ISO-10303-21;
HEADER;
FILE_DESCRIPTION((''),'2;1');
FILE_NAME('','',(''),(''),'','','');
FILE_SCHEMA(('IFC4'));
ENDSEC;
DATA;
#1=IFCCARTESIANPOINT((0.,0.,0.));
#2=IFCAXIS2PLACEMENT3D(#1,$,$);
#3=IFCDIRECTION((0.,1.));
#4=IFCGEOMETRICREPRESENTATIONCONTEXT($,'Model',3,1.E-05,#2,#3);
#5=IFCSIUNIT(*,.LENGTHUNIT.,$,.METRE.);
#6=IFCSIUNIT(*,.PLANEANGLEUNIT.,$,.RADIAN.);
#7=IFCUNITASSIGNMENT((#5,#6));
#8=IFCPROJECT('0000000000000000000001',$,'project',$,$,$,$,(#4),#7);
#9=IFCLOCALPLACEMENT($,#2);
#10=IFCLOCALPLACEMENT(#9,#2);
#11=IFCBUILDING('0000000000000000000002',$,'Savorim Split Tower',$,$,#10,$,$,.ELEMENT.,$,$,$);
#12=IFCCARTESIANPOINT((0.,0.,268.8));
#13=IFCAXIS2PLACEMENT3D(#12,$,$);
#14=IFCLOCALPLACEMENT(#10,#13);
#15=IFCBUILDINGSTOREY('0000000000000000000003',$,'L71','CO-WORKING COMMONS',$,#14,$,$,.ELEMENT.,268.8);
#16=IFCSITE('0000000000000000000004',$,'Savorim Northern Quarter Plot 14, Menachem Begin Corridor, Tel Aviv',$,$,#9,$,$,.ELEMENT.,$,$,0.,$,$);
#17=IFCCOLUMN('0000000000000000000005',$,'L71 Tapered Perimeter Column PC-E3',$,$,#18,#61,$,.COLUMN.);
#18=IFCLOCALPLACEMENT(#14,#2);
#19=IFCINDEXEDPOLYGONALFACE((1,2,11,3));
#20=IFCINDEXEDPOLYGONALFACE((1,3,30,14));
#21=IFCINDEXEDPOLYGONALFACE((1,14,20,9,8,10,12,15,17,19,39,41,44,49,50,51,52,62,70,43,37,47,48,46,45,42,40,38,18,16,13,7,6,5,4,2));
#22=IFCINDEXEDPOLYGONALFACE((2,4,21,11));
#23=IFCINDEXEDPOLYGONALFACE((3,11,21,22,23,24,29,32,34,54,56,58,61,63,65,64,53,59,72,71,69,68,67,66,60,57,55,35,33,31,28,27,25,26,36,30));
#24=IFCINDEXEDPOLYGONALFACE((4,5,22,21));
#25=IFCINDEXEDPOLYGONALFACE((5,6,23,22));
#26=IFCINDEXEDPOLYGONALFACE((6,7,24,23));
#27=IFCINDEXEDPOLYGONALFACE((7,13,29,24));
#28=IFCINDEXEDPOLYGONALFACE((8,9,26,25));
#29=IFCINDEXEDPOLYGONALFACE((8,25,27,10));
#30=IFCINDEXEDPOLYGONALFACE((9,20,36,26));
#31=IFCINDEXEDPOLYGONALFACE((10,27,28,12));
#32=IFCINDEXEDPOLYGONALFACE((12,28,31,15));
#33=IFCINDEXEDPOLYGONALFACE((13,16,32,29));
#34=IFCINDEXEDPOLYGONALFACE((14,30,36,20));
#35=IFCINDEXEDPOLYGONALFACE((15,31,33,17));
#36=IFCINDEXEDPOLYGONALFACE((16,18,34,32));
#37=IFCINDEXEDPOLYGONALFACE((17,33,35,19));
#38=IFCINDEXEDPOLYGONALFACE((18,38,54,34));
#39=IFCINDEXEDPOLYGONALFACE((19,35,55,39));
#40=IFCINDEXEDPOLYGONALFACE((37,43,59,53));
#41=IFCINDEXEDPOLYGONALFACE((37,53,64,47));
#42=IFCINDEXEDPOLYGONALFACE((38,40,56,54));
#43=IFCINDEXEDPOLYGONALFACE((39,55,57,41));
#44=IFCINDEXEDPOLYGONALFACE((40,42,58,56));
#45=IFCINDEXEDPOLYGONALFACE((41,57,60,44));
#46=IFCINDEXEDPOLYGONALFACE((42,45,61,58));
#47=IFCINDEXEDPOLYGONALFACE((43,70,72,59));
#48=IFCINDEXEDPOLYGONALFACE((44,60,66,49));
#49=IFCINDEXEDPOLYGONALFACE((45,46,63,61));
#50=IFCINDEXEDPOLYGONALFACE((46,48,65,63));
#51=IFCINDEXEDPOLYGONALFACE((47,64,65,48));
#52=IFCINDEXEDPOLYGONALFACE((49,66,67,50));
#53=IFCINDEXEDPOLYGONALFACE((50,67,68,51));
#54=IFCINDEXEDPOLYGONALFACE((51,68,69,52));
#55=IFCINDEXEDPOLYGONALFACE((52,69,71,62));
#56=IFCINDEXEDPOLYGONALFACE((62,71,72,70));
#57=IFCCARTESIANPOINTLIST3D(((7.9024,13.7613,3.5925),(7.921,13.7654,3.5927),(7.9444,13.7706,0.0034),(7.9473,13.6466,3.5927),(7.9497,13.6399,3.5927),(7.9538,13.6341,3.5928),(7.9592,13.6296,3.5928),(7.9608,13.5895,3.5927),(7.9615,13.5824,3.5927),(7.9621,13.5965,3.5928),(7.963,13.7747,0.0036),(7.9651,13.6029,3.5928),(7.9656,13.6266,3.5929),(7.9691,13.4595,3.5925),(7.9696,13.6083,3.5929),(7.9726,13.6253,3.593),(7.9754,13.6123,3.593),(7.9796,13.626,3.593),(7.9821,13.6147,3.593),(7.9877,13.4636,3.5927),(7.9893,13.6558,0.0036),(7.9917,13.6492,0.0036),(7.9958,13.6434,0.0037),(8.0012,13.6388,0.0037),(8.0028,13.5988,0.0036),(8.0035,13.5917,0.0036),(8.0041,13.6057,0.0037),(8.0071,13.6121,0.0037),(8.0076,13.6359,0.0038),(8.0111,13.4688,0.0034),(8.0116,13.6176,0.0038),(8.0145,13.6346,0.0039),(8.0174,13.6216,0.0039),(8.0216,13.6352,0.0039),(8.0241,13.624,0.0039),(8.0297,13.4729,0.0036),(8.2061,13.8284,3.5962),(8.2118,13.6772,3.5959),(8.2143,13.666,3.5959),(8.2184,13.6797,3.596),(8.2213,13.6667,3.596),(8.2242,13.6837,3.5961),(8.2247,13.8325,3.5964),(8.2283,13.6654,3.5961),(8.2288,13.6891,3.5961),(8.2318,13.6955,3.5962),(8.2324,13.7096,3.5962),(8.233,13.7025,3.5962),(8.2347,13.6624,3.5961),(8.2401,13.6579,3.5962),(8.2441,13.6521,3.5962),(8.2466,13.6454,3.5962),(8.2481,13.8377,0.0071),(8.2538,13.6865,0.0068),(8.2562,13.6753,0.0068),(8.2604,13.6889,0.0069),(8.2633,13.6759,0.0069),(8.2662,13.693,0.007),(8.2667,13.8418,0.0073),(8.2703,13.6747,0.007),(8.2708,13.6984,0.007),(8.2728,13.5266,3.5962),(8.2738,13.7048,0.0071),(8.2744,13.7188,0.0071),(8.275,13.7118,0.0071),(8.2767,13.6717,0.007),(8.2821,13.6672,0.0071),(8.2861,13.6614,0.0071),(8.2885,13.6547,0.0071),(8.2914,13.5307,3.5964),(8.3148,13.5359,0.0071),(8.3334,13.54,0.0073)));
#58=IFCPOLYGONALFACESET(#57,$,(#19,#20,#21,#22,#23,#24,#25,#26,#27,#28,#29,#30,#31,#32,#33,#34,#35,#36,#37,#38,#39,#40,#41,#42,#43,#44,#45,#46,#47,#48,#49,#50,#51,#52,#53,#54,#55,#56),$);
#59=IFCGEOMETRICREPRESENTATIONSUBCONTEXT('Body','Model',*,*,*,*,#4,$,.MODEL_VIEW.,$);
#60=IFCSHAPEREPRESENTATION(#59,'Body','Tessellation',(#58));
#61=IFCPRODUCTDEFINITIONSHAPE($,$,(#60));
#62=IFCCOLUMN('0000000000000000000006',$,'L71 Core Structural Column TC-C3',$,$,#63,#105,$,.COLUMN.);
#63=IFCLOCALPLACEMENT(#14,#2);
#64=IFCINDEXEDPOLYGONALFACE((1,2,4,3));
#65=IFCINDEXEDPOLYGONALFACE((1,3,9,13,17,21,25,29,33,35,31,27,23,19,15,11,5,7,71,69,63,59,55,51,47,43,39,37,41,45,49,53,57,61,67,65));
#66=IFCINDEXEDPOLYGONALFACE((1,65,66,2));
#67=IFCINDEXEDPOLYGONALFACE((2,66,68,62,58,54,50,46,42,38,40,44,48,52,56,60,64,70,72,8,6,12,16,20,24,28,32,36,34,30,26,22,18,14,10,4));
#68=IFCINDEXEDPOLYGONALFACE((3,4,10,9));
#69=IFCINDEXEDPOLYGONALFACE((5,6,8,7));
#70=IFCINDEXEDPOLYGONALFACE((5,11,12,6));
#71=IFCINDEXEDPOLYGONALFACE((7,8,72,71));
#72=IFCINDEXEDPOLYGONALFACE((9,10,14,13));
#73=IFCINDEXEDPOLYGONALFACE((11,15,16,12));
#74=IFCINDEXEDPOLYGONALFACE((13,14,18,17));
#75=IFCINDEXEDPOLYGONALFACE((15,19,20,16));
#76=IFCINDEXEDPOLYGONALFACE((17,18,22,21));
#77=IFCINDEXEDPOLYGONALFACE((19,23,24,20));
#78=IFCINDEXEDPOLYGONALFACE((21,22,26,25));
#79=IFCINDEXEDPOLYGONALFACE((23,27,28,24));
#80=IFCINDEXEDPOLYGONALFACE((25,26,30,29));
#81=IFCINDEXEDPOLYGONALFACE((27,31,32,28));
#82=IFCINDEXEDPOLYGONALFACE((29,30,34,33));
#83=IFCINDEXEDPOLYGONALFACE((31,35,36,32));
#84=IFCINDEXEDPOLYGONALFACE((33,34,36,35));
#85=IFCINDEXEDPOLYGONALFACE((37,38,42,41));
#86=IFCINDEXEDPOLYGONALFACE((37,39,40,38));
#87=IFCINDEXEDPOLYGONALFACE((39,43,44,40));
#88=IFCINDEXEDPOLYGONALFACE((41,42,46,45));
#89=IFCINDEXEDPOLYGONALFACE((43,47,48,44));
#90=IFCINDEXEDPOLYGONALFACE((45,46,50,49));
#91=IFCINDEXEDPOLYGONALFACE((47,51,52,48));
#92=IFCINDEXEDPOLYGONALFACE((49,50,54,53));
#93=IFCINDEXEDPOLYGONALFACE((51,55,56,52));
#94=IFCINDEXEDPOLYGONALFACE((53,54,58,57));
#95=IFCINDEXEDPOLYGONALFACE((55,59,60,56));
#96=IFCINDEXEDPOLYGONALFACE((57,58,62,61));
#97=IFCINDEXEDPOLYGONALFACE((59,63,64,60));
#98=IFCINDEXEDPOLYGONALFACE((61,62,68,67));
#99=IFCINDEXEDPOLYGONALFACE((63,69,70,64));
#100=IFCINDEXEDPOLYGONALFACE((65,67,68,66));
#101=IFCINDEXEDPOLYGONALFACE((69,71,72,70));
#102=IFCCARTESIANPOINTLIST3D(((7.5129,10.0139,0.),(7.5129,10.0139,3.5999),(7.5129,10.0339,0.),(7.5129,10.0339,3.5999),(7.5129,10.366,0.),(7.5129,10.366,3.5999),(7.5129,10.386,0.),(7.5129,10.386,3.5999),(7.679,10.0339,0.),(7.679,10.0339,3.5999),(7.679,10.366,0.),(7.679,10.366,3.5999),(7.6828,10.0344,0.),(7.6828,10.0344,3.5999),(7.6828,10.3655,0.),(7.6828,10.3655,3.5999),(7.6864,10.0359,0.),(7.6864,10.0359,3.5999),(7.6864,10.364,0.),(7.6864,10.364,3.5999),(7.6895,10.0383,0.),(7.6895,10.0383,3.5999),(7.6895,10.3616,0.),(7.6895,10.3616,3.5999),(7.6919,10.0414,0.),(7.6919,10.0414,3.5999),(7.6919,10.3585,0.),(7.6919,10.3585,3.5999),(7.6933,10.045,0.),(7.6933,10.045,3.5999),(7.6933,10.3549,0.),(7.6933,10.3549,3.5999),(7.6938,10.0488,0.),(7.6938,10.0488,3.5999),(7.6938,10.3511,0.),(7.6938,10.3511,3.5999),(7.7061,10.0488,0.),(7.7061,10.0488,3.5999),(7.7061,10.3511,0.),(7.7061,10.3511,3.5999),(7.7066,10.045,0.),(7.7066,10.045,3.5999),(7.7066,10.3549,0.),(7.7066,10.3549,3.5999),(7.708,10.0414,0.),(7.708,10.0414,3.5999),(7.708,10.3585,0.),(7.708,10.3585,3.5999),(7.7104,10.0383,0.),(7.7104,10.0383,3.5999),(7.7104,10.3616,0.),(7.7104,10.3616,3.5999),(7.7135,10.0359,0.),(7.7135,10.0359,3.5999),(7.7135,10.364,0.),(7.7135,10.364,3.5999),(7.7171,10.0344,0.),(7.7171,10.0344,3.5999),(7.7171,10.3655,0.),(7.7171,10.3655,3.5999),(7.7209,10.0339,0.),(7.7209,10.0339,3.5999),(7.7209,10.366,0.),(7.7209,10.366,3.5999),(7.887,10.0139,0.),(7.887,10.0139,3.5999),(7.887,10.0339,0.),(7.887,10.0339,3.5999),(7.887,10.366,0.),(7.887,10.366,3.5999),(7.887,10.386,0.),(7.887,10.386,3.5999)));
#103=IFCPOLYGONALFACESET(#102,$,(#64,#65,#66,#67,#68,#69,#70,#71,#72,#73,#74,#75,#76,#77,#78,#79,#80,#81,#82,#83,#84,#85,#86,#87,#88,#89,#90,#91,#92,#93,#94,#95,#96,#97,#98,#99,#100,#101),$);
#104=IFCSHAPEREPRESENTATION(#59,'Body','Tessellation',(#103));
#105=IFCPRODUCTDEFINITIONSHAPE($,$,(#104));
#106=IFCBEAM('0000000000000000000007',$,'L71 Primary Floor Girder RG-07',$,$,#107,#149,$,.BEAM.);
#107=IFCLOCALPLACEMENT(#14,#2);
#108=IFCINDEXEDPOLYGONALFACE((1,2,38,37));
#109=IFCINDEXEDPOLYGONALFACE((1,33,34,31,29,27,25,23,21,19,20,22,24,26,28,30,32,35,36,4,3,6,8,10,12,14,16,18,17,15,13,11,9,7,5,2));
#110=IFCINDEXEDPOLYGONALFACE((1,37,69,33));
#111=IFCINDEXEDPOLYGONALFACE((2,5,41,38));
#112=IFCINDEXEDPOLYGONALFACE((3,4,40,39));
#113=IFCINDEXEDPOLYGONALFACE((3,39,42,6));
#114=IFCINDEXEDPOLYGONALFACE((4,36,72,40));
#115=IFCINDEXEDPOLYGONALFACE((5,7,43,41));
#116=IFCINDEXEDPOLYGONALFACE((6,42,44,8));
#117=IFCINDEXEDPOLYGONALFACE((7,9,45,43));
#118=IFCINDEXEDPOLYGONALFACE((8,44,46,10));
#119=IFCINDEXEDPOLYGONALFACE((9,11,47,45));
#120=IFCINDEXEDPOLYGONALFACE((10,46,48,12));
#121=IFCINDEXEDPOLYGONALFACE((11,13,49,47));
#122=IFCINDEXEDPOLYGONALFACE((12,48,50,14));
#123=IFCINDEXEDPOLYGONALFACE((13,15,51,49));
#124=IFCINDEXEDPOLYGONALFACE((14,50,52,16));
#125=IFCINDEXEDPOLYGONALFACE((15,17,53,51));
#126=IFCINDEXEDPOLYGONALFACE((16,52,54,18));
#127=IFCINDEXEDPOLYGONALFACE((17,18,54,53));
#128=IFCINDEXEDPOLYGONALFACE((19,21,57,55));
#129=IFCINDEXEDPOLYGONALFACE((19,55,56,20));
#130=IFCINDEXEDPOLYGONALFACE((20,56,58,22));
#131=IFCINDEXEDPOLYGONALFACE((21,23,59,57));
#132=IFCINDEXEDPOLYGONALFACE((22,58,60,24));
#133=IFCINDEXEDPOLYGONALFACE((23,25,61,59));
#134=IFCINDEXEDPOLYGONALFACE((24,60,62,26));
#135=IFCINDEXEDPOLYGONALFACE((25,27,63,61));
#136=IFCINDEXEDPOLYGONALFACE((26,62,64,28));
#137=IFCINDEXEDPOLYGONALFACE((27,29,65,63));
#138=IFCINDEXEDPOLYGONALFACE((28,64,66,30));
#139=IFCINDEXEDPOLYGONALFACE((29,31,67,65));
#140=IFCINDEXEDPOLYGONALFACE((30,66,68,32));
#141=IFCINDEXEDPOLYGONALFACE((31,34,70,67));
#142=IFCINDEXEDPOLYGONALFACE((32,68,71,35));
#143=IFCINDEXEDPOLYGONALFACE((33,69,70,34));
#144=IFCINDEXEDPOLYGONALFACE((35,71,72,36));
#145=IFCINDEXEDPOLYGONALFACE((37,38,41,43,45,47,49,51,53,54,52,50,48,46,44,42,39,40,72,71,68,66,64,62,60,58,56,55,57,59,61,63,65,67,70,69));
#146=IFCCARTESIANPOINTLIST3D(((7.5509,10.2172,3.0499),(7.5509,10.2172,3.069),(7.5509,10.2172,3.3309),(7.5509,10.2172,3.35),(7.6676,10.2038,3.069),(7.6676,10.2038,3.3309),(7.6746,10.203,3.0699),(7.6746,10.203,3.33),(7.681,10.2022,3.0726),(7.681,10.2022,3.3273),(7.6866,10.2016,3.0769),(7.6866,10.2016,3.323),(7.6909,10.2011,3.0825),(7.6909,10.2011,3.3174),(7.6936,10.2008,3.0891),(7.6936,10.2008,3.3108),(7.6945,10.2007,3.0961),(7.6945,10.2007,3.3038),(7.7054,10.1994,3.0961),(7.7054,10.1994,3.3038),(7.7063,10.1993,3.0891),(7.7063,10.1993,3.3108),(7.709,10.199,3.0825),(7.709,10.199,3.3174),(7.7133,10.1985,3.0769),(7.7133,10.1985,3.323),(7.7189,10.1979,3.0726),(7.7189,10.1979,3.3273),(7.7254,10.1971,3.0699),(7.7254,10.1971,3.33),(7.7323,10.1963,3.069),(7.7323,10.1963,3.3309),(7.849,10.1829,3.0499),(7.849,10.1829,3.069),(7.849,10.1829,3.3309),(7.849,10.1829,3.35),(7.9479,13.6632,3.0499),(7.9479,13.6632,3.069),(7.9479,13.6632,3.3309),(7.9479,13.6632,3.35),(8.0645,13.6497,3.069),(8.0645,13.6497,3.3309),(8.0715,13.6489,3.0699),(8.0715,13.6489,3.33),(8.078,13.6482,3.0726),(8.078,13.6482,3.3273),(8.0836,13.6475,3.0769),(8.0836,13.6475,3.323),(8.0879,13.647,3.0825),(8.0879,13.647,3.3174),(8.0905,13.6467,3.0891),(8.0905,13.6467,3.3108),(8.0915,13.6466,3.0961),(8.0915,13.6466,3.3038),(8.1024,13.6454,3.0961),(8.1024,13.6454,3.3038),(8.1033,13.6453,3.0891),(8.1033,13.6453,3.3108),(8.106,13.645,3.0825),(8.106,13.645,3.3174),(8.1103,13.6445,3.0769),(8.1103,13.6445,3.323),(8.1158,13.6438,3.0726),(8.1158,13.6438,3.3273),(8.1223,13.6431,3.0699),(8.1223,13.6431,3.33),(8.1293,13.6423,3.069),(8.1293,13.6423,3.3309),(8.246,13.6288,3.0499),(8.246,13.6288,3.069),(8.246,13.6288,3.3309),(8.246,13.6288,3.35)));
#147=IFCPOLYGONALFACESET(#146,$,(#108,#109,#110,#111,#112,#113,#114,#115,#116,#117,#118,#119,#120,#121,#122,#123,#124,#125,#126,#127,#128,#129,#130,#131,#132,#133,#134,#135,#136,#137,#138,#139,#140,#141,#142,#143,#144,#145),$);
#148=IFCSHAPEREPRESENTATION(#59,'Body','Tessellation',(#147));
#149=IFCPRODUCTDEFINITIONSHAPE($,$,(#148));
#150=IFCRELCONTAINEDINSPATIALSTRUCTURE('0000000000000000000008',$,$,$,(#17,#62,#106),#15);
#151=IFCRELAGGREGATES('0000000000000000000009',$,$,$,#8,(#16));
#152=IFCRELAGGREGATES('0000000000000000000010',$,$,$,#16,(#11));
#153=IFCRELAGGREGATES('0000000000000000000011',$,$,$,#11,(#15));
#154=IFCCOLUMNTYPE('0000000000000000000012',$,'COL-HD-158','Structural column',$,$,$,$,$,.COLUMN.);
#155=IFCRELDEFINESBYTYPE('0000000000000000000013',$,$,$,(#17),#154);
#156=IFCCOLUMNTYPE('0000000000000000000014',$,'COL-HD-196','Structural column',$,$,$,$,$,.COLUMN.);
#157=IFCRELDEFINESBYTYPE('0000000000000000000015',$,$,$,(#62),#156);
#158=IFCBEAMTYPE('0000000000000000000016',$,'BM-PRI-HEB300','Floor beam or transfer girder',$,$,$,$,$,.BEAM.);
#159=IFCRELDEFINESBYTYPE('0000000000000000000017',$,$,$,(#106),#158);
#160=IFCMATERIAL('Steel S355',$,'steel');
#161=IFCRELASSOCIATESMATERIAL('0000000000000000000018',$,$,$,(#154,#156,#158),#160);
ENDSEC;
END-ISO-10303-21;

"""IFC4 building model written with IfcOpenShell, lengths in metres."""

from ifc_helpers import new_model, si_unit, direction, frame, origin, origin_2d, place, context, subcontext, project, spatial, i_section, extrude, material, material_profile, profile_set, type_object, element, save


model = new_model("IFC4")

# Units and contexts
model_context = context("Model", 3, precision=1e-05, world=origin(), true_north=direction((0.0, 1.0)))
body_context = subcontext(model_context, "Body", "Model", "MODEL_VIEW")
ifc_project = project(units=[si_unit("LENGTHUNIT", "METRE"), si_unit("PLANEANGLEUNIT", "RADIAN")], contexts=[model_context])

# Site, building, storey
site_placement = place(None, origin())
site = spatial("IfcSite", under=ifc_project, at=site_placement, Name="Savorim Northern Quarter Plot 14, Menachem Begin Corridor, Tel Aviv", CompositionType="ELEMENT", RefElevation=0.0)
building_placement = place(site_placement, origin())
building = spatial("IfcBuilding", under=site, at=building_placement, Name="Savorim Split Tower", CompositionType="ELEMENT")
storey_placement = place(building_placement, frame((0.0, 0.0, 268.8)))
storey = spatial("IfcBuildingStorey", under=building, at=storey_placement, Name="L71", Description="CO-WORKING COMMONS", CompositionType="ELEMENT", Elevation=268.8)

# Columns
ifc_material_1 = material(Name="Steel S355", Category="steel")
ifc_material_profile_1 = material_profile(ifc_material_1, i_section(OverallWidth=0.3091, OverallDepth=0.3301, WebThickness=0.0115, FlangeThickness=0.019, FilletRadius=0.0271, at=origin_2d()), Name="HD 320x158")
ifc_profile_set_1 = profile_set([ifc_material_profile_1], Name="Steel S355")
column_type_1 = type_object("IfcColumnType", Name="COL-HD-158", Description="Structural column", PredefinedType="COLUMN", material=ifc_profile_set_1)
column_1_placement = place(storey_placement, frame((8.1389, 13.6553, 0.0054), z_axis=(-0.011699, -0.002585, 0.999928), x_axis=(0.215728, -0.976453, 0.0)))
element("IfcColumn", 1, at=column_1_placement, inside=storey, type_object=column_type_1, Name="L71 Tapered Perimeter Column PC-E3", PredefinedType="COLUMN", context=body_context, shape_type="SweptSolid", body=[
    extrude(i_section(OverallWidth=0.3091, OverallDepth=0.3301, WebThickness=0.0115, FlangeThickness=0.019, FilletRadius=0.0271, at=origin_2d()), origin(), (0.0, 0.0, 1.0), 3.5894),
])
ifc_material_profile_2 = material_profile(ifc_material_1, i_section(OverallWidth=0.374, OverallDepth=0.3721, WebThickness=0.0122, FlangeThickness=0.02, FilletRadius=0.0149, at=origin_2d()), Name="HD 360x196")
ifc_profile_set_2 = profile_set([ifc_material_profile_2], Name="Steel S355")
column_type_2 = type_object("IfcColumnType", Name="COL-HD-196", Description="Structural column", PredefinedType="COLUMN", material=ifc_profile_set_2)
column_2_placement = place(storey_placement, frame((7.7, 10.2, 0.0), z_axis=(0.0, 0.0, 1.0), x_axis=(1.0, 0.0, 0.0)))
element("IfcColumn", 2, at=column_2_placement, inside=storey, type_object=column_type_2, Name="L71 Core Structural Column TC-C3", PredefinedType="COLUMN", context=body_context, shape_type="SweptSolid", body=[
    extrude(i_section(OverallWidth=0.374, OverallDepth=0.3721, WebThickness=0.0122, FlangeThickness=0.02, FilletRadius=0.0149, at=origin_2d()), origin(), (0.0, 0.0, 1.0), 3.5999),
])

# Beam
ifc_material_profile_3 = material_profile(ifc_material_1, i_section(OverallWidth=0.3, OverallDepth=0.3, WebThickness=0.011, FlangeThickness=0.019, FilletRadius=0.0271, at=origin_2d()), Name="HEB 300")
ifc_profile_set_3 = profile_set([ifc_material_profile_3], Name="Steel S355")
beam_type_1 = type_object("IfcBeamType", Name="BM-PRI-HEB300", Description="Floor beam or transfer girder", PredefinedType="BEAM", material=ifc_profile_set_3)
beam_1_placement = place(storey_placement, frame((8.0969, 13.646, 3.2), z_axis=(-0.11444, -0.99343, 0.0), x_axis=(0.99343, -0.11444, 0.0)))
element("IfcBeam", 3, at=beam_1_placement, inside=storey, type_object=beam_type_1, Name="L71 Primary Floor Girder RG-07", PredefinedType="BEAM", context=body_context, shape_type="SweptSolid", body=[
    extrude(i_section(OverallWidth=0.3, OverallDepth=0.3, WebThickness=0.011, FlangeThickness=0.019, FilletRadius=0.0271, at=origin_2d()), origin(), (0.0, 0.0, 1.0), 3.4688),
])

save(model, "model.ifc")
